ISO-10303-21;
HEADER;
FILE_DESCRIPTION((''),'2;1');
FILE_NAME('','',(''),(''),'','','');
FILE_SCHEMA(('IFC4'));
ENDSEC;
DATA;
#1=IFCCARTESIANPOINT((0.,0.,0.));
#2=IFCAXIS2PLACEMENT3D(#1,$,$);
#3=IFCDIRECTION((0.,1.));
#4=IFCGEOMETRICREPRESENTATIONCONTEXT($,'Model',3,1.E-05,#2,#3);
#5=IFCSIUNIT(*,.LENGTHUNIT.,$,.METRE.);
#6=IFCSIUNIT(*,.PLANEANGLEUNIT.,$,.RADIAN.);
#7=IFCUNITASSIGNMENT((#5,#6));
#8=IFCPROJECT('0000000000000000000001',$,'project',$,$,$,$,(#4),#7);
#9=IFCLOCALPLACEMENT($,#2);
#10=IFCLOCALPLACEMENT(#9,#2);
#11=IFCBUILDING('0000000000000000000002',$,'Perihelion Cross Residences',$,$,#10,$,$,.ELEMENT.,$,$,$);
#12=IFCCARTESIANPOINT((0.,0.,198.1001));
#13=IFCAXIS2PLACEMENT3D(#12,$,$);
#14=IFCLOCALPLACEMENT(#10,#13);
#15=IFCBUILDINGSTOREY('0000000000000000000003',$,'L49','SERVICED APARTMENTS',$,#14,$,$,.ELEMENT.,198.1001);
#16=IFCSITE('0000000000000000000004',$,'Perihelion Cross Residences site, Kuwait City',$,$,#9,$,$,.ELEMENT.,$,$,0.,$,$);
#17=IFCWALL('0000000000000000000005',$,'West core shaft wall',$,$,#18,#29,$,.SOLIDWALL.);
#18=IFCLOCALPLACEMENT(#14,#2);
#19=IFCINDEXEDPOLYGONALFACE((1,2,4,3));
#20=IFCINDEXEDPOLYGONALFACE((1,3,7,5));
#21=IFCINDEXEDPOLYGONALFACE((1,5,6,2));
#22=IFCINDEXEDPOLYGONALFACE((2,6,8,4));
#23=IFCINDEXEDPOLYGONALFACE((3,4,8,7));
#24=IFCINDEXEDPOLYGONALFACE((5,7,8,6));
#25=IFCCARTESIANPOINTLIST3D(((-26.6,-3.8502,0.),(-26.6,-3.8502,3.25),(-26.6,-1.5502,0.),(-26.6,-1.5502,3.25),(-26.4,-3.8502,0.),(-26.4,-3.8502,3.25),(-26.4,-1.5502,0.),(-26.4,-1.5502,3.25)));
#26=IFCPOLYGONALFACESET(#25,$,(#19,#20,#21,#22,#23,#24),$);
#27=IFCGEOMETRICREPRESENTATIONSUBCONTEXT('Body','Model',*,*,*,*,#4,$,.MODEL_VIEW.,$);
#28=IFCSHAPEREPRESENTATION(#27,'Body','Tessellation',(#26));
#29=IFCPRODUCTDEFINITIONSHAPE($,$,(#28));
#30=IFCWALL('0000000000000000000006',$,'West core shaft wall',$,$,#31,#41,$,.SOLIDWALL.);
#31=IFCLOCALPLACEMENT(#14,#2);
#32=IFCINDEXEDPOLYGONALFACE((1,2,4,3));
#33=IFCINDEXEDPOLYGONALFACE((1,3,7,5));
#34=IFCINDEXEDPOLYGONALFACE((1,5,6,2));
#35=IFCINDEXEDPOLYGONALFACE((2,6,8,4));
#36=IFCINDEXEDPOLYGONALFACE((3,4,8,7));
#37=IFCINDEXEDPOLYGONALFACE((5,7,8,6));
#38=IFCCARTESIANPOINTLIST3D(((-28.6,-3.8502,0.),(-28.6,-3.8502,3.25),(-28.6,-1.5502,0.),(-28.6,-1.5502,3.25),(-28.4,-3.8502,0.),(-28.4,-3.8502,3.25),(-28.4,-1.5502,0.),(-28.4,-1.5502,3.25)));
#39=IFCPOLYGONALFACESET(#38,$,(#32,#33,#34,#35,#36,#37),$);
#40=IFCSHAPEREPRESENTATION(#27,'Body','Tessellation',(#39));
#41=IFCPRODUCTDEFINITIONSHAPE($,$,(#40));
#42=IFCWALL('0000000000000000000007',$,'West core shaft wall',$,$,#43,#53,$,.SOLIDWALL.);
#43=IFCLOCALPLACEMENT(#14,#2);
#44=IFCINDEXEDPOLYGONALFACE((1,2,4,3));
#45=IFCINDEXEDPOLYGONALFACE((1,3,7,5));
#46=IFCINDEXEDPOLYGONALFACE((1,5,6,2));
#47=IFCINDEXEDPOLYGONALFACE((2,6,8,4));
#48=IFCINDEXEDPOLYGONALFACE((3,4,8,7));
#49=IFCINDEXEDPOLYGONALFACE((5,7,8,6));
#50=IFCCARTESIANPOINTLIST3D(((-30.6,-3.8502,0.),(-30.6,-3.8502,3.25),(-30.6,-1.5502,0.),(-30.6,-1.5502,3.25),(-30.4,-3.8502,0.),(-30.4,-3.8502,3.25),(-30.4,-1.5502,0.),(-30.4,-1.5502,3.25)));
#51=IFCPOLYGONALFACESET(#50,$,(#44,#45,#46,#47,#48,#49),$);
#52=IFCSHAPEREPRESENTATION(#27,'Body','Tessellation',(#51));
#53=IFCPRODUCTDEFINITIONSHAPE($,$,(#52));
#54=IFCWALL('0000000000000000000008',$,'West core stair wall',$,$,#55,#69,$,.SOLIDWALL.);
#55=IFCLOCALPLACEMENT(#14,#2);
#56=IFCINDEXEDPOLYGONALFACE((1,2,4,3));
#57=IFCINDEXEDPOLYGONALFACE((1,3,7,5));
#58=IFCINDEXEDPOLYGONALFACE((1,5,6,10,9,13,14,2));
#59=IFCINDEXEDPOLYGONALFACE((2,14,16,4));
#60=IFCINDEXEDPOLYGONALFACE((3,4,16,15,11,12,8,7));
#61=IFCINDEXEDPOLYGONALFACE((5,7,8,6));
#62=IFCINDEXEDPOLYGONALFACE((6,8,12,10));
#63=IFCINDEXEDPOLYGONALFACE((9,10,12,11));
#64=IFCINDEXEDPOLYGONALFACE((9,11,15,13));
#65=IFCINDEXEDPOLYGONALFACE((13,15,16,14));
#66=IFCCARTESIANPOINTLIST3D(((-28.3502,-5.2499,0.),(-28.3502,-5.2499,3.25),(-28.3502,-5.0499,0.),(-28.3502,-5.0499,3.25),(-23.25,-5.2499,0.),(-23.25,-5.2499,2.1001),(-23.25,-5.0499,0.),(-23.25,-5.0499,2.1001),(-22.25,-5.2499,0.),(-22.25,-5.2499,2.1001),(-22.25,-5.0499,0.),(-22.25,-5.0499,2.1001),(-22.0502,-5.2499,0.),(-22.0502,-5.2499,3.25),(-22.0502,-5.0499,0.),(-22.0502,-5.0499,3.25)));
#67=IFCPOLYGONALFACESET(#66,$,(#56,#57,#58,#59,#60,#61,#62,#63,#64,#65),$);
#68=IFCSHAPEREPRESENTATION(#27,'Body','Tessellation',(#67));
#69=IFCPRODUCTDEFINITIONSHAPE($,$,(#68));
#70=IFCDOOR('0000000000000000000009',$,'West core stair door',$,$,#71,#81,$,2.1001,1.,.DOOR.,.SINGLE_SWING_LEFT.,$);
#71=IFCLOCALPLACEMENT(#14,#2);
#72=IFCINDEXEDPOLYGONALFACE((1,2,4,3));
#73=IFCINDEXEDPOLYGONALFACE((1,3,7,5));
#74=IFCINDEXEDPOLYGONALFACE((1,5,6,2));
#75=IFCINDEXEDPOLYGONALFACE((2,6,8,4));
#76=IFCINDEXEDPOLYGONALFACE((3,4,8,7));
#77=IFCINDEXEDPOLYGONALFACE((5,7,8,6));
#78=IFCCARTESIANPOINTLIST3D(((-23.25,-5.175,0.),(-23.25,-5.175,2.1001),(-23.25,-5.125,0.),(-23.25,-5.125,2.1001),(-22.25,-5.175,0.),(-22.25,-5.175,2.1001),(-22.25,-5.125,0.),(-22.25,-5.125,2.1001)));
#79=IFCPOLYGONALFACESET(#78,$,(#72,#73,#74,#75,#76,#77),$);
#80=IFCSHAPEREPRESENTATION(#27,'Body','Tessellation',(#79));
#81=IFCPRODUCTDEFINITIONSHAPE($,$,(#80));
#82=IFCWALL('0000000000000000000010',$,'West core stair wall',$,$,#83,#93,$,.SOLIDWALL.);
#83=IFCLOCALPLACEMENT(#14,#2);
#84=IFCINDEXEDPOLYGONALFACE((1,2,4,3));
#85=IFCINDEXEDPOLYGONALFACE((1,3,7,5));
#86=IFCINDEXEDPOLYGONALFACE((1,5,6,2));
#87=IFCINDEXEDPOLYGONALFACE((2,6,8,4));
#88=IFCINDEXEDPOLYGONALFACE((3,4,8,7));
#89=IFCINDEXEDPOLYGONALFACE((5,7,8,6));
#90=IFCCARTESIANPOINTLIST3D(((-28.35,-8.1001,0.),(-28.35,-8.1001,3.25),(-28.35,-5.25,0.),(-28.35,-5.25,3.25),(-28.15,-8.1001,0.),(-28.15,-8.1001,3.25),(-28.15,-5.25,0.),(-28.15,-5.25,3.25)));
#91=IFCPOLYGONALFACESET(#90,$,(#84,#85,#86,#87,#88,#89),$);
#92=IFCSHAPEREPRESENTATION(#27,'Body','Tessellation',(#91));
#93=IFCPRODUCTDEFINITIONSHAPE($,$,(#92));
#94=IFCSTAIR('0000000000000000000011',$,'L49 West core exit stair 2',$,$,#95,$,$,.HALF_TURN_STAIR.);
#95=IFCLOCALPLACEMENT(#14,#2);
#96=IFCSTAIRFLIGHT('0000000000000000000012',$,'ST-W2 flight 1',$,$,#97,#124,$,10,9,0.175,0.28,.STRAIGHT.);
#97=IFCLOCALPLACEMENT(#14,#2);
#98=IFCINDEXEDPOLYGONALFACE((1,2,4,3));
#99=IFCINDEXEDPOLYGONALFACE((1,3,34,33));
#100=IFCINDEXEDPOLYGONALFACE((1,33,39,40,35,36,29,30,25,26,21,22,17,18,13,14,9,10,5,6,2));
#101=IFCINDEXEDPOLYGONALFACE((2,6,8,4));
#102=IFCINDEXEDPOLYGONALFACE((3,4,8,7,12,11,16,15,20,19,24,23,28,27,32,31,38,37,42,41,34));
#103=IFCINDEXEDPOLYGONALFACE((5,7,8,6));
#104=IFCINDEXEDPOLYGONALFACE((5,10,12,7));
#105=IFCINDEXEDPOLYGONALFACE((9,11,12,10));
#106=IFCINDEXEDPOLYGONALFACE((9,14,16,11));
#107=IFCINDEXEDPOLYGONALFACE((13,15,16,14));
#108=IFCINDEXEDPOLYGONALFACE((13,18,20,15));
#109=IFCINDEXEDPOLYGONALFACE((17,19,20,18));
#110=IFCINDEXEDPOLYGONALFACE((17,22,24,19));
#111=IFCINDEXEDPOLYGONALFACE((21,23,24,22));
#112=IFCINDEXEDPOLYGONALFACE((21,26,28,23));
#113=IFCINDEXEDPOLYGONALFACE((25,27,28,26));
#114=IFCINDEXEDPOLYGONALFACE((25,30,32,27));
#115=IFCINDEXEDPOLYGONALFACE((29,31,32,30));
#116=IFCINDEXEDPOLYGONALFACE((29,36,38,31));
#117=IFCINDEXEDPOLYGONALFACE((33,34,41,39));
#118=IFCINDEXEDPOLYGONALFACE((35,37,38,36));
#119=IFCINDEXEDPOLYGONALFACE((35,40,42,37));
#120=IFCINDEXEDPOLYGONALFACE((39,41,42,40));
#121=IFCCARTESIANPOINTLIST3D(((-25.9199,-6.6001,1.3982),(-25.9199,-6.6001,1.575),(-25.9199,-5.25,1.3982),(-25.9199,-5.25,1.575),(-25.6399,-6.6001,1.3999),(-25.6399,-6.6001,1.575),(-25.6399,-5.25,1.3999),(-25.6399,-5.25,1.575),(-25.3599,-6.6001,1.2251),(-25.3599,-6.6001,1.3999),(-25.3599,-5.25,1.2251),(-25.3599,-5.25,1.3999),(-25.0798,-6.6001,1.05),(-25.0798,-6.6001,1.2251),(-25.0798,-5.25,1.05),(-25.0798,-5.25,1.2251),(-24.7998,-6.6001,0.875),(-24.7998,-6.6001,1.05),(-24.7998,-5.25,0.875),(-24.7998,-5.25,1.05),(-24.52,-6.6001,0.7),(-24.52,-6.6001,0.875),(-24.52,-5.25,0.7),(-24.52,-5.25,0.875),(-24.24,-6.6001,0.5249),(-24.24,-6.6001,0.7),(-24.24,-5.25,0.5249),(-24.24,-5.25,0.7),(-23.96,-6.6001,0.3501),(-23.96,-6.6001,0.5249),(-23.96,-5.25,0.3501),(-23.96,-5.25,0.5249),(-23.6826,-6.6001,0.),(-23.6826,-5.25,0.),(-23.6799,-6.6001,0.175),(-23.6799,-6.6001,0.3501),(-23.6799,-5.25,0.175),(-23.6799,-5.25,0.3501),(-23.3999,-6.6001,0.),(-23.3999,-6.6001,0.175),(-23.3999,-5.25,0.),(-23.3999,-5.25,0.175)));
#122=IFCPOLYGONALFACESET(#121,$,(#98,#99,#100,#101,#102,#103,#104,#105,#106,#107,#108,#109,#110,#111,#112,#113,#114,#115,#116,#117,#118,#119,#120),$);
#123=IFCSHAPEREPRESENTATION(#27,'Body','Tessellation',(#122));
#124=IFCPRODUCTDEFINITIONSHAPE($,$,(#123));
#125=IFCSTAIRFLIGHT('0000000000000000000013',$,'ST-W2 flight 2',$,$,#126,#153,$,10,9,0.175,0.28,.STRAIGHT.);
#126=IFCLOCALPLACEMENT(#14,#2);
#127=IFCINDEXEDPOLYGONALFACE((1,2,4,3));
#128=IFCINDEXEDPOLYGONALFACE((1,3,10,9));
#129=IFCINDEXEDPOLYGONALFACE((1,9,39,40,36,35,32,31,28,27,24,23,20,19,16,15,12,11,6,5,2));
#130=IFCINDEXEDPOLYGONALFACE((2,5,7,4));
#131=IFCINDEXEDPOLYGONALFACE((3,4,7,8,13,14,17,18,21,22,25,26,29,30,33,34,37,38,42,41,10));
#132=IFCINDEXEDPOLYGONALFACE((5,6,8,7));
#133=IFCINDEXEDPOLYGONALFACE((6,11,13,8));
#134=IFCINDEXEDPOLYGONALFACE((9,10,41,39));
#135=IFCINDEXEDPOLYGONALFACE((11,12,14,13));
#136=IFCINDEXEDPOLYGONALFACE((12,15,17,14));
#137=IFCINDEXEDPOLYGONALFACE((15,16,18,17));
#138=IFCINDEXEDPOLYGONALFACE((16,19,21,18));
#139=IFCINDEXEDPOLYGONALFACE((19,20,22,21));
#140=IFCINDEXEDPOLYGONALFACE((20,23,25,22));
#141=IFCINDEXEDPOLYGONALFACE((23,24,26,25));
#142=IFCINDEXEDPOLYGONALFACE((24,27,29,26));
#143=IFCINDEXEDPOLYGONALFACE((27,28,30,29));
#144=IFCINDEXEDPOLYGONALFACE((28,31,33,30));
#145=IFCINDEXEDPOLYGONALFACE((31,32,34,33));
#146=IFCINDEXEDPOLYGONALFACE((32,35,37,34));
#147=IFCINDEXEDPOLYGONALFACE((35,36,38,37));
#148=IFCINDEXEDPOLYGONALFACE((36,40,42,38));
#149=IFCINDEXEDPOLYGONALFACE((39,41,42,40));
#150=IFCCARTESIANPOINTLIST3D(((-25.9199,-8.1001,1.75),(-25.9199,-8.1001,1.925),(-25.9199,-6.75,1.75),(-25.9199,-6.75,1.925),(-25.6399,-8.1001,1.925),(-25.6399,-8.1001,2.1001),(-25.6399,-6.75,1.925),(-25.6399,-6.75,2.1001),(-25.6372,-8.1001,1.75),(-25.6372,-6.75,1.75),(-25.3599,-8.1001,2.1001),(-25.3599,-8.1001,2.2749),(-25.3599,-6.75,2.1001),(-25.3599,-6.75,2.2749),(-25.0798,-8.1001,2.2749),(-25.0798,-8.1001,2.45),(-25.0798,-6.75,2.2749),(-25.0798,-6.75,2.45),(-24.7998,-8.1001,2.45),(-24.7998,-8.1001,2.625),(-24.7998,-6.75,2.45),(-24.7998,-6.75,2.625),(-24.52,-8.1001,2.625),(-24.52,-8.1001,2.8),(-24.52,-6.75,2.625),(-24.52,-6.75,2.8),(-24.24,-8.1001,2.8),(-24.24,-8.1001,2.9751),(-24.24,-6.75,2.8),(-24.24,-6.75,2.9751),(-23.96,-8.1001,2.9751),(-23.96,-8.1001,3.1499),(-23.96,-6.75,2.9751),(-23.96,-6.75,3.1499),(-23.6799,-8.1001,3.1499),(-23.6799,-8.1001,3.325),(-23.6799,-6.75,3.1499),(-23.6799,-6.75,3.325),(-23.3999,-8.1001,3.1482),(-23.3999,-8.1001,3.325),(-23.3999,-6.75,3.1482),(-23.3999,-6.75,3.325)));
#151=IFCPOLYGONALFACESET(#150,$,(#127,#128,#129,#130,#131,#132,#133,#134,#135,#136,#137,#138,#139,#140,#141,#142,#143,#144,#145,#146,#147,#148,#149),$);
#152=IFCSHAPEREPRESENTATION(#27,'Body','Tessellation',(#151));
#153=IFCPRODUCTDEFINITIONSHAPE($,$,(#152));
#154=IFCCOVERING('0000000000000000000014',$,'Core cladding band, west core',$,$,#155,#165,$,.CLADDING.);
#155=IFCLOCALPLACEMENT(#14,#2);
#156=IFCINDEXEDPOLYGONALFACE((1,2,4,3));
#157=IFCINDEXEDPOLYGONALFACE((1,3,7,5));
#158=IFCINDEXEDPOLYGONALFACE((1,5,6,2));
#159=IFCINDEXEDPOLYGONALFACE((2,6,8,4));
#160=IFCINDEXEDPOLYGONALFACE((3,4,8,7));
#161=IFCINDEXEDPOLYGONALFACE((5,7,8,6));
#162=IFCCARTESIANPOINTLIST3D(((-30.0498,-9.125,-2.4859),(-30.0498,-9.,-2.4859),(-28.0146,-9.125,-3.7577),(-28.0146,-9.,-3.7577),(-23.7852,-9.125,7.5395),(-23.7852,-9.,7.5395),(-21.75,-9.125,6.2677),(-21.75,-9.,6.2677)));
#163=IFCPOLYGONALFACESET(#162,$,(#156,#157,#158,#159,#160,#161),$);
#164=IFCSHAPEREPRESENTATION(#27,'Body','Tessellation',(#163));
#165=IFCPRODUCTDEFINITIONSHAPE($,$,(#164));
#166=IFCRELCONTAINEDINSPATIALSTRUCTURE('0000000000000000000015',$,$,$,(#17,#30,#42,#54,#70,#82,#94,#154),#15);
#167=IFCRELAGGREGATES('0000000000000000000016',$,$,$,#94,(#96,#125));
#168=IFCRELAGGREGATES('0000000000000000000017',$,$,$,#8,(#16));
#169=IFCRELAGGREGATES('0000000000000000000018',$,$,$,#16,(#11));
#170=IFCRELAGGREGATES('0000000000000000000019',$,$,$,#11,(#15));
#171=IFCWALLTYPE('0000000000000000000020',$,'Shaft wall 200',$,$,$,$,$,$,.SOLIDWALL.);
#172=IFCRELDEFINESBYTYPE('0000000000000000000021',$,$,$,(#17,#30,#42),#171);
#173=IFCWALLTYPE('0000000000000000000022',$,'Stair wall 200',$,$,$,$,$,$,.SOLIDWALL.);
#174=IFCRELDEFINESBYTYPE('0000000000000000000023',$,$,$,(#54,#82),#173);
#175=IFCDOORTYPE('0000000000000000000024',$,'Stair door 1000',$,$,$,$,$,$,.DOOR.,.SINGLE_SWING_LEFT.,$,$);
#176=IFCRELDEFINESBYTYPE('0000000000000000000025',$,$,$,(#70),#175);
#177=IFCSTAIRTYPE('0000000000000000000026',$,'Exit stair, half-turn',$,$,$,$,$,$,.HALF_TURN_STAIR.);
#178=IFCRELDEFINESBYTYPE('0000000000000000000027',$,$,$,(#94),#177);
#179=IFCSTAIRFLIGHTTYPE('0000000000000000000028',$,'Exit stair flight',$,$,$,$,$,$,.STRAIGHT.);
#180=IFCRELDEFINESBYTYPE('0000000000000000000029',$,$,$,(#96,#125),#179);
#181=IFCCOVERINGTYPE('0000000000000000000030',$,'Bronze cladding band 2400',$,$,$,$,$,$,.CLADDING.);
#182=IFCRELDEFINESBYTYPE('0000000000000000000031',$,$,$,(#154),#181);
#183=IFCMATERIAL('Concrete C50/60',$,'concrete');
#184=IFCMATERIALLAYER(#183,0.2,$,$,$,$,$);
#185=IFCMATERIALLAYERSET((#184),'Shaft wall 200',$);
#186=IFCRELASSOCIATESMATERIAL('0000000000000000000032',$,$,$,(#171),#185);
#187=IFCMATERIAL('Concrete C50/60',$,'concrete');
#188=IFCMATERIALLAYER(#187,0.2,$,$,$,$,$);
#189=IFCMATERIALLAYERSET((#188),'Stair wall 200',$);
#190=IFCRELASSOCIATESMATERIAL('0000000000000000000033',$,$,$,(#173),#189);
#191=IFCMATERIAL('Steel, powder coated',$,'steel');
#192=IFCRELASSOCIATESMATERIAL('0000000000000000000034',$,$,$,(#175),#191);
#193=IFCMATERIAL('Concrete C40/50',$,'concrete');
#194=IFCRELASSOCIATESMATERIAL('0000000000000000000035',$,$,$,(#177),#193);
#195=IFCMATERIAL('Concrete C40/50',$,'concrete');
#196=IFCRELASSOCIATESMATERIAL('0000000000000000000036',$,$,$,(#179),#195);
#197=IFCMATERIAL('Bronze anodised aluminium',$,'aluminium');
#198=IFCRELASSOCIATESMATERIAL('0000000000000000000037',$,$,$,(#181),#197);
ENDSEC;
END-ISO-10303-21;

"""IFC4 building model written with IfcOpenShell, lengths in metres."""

from ifc_helpers import new_model, si_unit, direction, frame, frame_2d, origin, origin_2d, place, context, subcontext, project, spatial, polyline, rectangle, outline, extrude, material, layer, layer_set, material_profile, profile_set, type_object, element, fill, aggregate, save


model = new_model("IFC4")

# Units and contexts
model_context = context("Model", 3, precision=1e-05, world=origin(), true_north=direction((0.0, 1.0)))
body_context = subcontext(model_context, "Body", "Model", "MODEL_VIEW")
ifc_project = project(units=[si_unit("LENGTHUNIT", "METRE"), si_unit("PLANEANGLEUNIT", "RADIAN")], contexts=[model_context])

# Site, building, storey
site_placement = place(None, origin())
site = spatial("IfcSite", under=ifc_project, at=site_placement, Name="Perihelion Cross Residences site, Kuwait City", CompositionType="ELEMENT", RefElevation=0.0)
building_placement = place(site_placement, origin())
building = spatial("IfcBuilding", under=site, at=building_placement, Name="Perihelion Cross Residences", CompositionType="ELEMENT")
storey_placement = place(building_placement, frame((0.0, 0.0, 198.1001)))
storey = spatial("IfcBuildingStorey", under=building, at=storey_placement, Name="L49", Description="SERVICED APARTMENTS", CompositionType="ELEMENT", Elevation=198.1001)

# Walls
ifc_material_1 = material(Name="Concrete C50/60", Category="concrete")
ifc_layer_1 = layer(ifc_material_1, 0.2)
ifc_layer_set_1 = layer_set([ifc_layer_1], Name="Shaft wall 200")
wall_type_1 = type_object("IfcWallType", Name="Shaft wall 200", PredefinedType="SOLIDWALL", material=ifc_layer_set_1)
for number, where, z_axis, x_axis, name in (
    (1, (-26.5, -3.8501, 0.0), (0.0, 0.0, 1.0), (0.0, 1.0, 0.0), "West core shaft wall"),
    (2, (-28.5, -3.8501, 0.0), (0.0, 0.0, 1.0), (0.0, 1.0, 0.0), "West core shaft wall"),
    (3, (-30.5, -3.8501, 0.0), (0.0, 0.0, 1.0), (0.0, 1.0, 0.0), "West core shaft wall"),
):
    element("IfcWall", number, at=place(storey_placement, frame(where, z_axis=z_axis, x_axis=x_axis)), inside=storey, type_object=wall_type_1, Name=name, PredefinedType="SOLIDWALL", context=body_context, shape_type="SweptSolid", body=[
        extrude(rectangle(XDim=2.3, YDim=0.2, at=frame_2d((1.1499, 0.0))), origin(), (0.0, 0.0, 1.0), 3.25),
    ])

# Wall, opening, door
ifc_material_2 = material(Name="Concrete C50/60", Category="concrete")
ifc_layer_2 = layer(ifc_material_2, 0.2)
ifc_layer_set_2 = layer_set([ifc_layer_2], Name="Stair wall 200")
wall_type_2 = type_object("IfcWallType", Name="Stair wall 200", PredefinedType="SOLIDWALL", material=ifc_layer_set_2)
wall_1_placement = place(storey_placement, frame((-28.3501, -5.1499, 0.0), z_axis=(0.0, 0.0, 1.0), x_axis=(1.0, 0.0, 0.0)))
wall_1 = element("IfcWall", 4, at=wall_1_placement, inside=storey, type_object=wall_type_2, Name="West core stair wall", PredefinedType="SOLIDWALL", context=body_context, shape_type="SweptSolid", body=[
    extrude(rectangle(XDim=6.3, YDim=0.2, at=frame_2d((3.1499, 0.0))), origin(), (0.0, 0.0, 1.0), 3.25),
])
opening_1_placement = place(wall_1_placement, frame((5.1001, 0.0, 0.0)))
opening_1 = element("IfcOpeningElement", 5, at=opening_1_placement, cuts=wall_1, PredefinedType="OPENING", context=body_context, shape_type="SweptSolid", body=[
    extrude(rectangle(XDim=1.0, YDim=2.1001, at=frame_2d((0.5, 1.05))), frame((0.0, 0.1099, 0.0), z_axis=(0.0, -1.0, 0.0), x_axis=(1.0, 0.0, 0.0)), (0.0, 0.0, 1.0), 0.22),
])
ifc_material_3 = material(Name="Steel, powder coated", Category="steel")
door_type_1 = type_object("IfcDoorType", Name="Stair door 1000", OperationType="SINGLE_SWING_LEFT", PredefinedType="DOOR", material=ifc_material_3)
door_1_placement = place(opening_1_placement, origin())
door_1 = element("IfcDoor", 6, at=door_1_placement, inside=storey, type_object=door_type_1, Name="West core stair door", OperationType="SINGLE_SWING_LEFT", OverallHeight=2.1001, OverallWidth=1.0, PredefinedType="DOOR", context=body_context, shape_type="SweptSolid", body=[
    extrude(rectangle(XDim=1.0, YDim=2.1001, at=frame_2d((0.5, 1.05))), frame((0.0, 0.0249, 0.0), z_axis=(0.0, -1.0, 0.0), x_axis=(1.0, 0.0, 0.0)), (0.0, 0.0, 1.0), 0.05),
])
fill(opening_1, door_1)

# Wall
wall_2_placement = place(storey_placement, frame((-28.25, -8.1001, 0.0), z_axis=(0.0, 0.0, 1.0), x_axis=(0.0, 1.0, 0.0)))
element("IfcWall", 7, at=wall_2_placement, inside=storey, type_object=wall_type_2, Name="West core stair wall", PredefinedType="SOLIDWALL", context=body_context, shape_type="SweptSolid", body=[
    extrude(rectangle(XDim=2.8501, YDim=0.2, at=frame_2d((1.425, 0.0))), origin(), (0.0, 0.0, 1.0), 3.25),
])

# Stair, stair flights
ifc_material_4 = material(Name="Concrete C40/50", Category="concrete")
stair_type = type_object("IfcStairType", Name="Exit stair, half-turn", PredefinedType="HALF_TURN_STAIR", material=ifc_material_4)
stair_placement = place(storey_placement, origin())
stair = element("IfcStair", 8, at=stair_placement, inside=storey, type_object=stair_type, Name="L49 West core exit stair 2", PredefinedType="HALF_TURN_STAIR")
ifc_material_5 = material(Name="Concrete C40/50", Category="concrete")
stair_flight_type = type_object("IfcStairFlightType", Name="Exit stair flight", PredefinedType="STRAIGHT", material=ifc_material_5)
stair_flight_1_placement = place(storey_placement, frame((-23.3999, -5.925, 0.0), z_axis=(0.0, 0.0, 1.0), x_axis=(-1.0, 0.0, 0.0)))
stair_flight_1 = element("IfcStairFlight", 9, at=stair_flight_1_placement, type_object=stair_flight_type, Name="ST-W2 flight 1", NumberOfRisers=10, NumberOfTreads=9, PredefinedType="STRAIGHT", RiserHeight=0.175, TreadLength=0.28, context=body_context, shape_type="SweptSolid", body=[
    extrude(outline(polyline([(0.0, 0.0), (0.0, 0.175), (0.28, 0.175), (0.28, 0.3501), (0.5601, 0.3501), (0.5601, 0.5249), (0.8401, 0.5249), (0.8401, 0.7), (1.1201, 0.7), (1.1201, 0.875), (1.3999, 0.875), (1.3999, 1.05), (1.6799, 1.05), (1.6799, 1.2251), (1.96, 1.2251), (1.96, 1.3999), (2.24, 1.3999), (2.24, 1.575), (2.52, 1.575), (2.52, 1.75), (2.52, 1.3982), (0.2827, 0.0), (0.0, 0.0)])), frame((0.0, 0.675, 0.0), z_axis=(0.0, -1.0, 0.0), x_axis=(1.0, 0.0, 0.0)), (0.0, 0.0, 1.0), 1.3501),
])
stair_flight_2_placement = place(storey_placement, frame((-25.9199, -7.425, 1.75), z_axis=(0.0, 0.0, 1.0), x_axis=(1.0, 0.0, 0.0)))
stair_flight_2 = element("IfcStairFlight", 10, at=stair_flight_2_placement, type_object=stair_flight_type, Name="ST-W2 flight 2", NumberOfRisers=10, NumberOfTreads=9, PredefinedType="STRAIGHT", RiserHeight=0.175, TreadLength=0.28, context=body_context, shape_type="SweptSolid", body=[
    extrude(outline(polyline([(0.0, 0.0), (0.0, 0.175), (0.28, 0.175), (0.28, 0.3501), (0.5601, 0.3501), (0.5601, 0.5249), (0.8401, 0.5249), (0.8401, 0.7), (1.1201, 0.7), (1.1201, 0.875), (1.3999, 0.875), (1.3999, 1.05), (1.6799, 1.05), (1.6799, 1.2251), (1.96, 1.2251), (1.96, 1.3999), (2.24, 1.3999), (2.24, 1.575), (2.52, 1.575), (2.52, 1.75), (2.52, 1.3982), (0.2827, 0.0), (0.0, 0.0)])), frame((0.0, 0.675, 0.0), z_axis=(0.0, -1.0, 0.0), x_axis=(1.0, 0.0, 0.0)), (0.0, 0.0, 1.0), 1.3501),
])
aggregate(stair, [stair_flight_1, stair_flight_2])

# Covering
ifc_material_6 = material(Name="Bronze anodised aluminium", Category="aluminium")
ifc_material_profile = material_profile(ifc_material_6, rectangle(XDim=0.125, YDim=2.3999, at=origin_2d()), Name="Bronze cladding band 2400")
ifc_profile_set = profile_set([ifc_material_profile], Name="Bronze anodised aluminium")
covering_type = type_object("IfcCoveringType", Name="Bronze cladding band 2400", PredefinedType="CLADDING", material=ifc_profile_set)
covering_placement = place(storey_placement, frame((-29.0322, -9.0625, -3.1218), z_axis=(0.529925, 0.0, 0.848045), x_axis=(0.0, 1.0, 0.0)))
element("IfcCovering", 11, at=covering_placement, inside=storey, type_object=covering_type, Name="Core cladding band, west core", PredefinedType="CLADDING", context=body_context, shape_type="SweptSolid", body=[
    extrude(rectangle(XDim=0.125, YDim=2.3999, at=origin_2d()), origin(), (0.0, 0.0, 1.0), 11.8218),
])

save(model, "model.ifc")
